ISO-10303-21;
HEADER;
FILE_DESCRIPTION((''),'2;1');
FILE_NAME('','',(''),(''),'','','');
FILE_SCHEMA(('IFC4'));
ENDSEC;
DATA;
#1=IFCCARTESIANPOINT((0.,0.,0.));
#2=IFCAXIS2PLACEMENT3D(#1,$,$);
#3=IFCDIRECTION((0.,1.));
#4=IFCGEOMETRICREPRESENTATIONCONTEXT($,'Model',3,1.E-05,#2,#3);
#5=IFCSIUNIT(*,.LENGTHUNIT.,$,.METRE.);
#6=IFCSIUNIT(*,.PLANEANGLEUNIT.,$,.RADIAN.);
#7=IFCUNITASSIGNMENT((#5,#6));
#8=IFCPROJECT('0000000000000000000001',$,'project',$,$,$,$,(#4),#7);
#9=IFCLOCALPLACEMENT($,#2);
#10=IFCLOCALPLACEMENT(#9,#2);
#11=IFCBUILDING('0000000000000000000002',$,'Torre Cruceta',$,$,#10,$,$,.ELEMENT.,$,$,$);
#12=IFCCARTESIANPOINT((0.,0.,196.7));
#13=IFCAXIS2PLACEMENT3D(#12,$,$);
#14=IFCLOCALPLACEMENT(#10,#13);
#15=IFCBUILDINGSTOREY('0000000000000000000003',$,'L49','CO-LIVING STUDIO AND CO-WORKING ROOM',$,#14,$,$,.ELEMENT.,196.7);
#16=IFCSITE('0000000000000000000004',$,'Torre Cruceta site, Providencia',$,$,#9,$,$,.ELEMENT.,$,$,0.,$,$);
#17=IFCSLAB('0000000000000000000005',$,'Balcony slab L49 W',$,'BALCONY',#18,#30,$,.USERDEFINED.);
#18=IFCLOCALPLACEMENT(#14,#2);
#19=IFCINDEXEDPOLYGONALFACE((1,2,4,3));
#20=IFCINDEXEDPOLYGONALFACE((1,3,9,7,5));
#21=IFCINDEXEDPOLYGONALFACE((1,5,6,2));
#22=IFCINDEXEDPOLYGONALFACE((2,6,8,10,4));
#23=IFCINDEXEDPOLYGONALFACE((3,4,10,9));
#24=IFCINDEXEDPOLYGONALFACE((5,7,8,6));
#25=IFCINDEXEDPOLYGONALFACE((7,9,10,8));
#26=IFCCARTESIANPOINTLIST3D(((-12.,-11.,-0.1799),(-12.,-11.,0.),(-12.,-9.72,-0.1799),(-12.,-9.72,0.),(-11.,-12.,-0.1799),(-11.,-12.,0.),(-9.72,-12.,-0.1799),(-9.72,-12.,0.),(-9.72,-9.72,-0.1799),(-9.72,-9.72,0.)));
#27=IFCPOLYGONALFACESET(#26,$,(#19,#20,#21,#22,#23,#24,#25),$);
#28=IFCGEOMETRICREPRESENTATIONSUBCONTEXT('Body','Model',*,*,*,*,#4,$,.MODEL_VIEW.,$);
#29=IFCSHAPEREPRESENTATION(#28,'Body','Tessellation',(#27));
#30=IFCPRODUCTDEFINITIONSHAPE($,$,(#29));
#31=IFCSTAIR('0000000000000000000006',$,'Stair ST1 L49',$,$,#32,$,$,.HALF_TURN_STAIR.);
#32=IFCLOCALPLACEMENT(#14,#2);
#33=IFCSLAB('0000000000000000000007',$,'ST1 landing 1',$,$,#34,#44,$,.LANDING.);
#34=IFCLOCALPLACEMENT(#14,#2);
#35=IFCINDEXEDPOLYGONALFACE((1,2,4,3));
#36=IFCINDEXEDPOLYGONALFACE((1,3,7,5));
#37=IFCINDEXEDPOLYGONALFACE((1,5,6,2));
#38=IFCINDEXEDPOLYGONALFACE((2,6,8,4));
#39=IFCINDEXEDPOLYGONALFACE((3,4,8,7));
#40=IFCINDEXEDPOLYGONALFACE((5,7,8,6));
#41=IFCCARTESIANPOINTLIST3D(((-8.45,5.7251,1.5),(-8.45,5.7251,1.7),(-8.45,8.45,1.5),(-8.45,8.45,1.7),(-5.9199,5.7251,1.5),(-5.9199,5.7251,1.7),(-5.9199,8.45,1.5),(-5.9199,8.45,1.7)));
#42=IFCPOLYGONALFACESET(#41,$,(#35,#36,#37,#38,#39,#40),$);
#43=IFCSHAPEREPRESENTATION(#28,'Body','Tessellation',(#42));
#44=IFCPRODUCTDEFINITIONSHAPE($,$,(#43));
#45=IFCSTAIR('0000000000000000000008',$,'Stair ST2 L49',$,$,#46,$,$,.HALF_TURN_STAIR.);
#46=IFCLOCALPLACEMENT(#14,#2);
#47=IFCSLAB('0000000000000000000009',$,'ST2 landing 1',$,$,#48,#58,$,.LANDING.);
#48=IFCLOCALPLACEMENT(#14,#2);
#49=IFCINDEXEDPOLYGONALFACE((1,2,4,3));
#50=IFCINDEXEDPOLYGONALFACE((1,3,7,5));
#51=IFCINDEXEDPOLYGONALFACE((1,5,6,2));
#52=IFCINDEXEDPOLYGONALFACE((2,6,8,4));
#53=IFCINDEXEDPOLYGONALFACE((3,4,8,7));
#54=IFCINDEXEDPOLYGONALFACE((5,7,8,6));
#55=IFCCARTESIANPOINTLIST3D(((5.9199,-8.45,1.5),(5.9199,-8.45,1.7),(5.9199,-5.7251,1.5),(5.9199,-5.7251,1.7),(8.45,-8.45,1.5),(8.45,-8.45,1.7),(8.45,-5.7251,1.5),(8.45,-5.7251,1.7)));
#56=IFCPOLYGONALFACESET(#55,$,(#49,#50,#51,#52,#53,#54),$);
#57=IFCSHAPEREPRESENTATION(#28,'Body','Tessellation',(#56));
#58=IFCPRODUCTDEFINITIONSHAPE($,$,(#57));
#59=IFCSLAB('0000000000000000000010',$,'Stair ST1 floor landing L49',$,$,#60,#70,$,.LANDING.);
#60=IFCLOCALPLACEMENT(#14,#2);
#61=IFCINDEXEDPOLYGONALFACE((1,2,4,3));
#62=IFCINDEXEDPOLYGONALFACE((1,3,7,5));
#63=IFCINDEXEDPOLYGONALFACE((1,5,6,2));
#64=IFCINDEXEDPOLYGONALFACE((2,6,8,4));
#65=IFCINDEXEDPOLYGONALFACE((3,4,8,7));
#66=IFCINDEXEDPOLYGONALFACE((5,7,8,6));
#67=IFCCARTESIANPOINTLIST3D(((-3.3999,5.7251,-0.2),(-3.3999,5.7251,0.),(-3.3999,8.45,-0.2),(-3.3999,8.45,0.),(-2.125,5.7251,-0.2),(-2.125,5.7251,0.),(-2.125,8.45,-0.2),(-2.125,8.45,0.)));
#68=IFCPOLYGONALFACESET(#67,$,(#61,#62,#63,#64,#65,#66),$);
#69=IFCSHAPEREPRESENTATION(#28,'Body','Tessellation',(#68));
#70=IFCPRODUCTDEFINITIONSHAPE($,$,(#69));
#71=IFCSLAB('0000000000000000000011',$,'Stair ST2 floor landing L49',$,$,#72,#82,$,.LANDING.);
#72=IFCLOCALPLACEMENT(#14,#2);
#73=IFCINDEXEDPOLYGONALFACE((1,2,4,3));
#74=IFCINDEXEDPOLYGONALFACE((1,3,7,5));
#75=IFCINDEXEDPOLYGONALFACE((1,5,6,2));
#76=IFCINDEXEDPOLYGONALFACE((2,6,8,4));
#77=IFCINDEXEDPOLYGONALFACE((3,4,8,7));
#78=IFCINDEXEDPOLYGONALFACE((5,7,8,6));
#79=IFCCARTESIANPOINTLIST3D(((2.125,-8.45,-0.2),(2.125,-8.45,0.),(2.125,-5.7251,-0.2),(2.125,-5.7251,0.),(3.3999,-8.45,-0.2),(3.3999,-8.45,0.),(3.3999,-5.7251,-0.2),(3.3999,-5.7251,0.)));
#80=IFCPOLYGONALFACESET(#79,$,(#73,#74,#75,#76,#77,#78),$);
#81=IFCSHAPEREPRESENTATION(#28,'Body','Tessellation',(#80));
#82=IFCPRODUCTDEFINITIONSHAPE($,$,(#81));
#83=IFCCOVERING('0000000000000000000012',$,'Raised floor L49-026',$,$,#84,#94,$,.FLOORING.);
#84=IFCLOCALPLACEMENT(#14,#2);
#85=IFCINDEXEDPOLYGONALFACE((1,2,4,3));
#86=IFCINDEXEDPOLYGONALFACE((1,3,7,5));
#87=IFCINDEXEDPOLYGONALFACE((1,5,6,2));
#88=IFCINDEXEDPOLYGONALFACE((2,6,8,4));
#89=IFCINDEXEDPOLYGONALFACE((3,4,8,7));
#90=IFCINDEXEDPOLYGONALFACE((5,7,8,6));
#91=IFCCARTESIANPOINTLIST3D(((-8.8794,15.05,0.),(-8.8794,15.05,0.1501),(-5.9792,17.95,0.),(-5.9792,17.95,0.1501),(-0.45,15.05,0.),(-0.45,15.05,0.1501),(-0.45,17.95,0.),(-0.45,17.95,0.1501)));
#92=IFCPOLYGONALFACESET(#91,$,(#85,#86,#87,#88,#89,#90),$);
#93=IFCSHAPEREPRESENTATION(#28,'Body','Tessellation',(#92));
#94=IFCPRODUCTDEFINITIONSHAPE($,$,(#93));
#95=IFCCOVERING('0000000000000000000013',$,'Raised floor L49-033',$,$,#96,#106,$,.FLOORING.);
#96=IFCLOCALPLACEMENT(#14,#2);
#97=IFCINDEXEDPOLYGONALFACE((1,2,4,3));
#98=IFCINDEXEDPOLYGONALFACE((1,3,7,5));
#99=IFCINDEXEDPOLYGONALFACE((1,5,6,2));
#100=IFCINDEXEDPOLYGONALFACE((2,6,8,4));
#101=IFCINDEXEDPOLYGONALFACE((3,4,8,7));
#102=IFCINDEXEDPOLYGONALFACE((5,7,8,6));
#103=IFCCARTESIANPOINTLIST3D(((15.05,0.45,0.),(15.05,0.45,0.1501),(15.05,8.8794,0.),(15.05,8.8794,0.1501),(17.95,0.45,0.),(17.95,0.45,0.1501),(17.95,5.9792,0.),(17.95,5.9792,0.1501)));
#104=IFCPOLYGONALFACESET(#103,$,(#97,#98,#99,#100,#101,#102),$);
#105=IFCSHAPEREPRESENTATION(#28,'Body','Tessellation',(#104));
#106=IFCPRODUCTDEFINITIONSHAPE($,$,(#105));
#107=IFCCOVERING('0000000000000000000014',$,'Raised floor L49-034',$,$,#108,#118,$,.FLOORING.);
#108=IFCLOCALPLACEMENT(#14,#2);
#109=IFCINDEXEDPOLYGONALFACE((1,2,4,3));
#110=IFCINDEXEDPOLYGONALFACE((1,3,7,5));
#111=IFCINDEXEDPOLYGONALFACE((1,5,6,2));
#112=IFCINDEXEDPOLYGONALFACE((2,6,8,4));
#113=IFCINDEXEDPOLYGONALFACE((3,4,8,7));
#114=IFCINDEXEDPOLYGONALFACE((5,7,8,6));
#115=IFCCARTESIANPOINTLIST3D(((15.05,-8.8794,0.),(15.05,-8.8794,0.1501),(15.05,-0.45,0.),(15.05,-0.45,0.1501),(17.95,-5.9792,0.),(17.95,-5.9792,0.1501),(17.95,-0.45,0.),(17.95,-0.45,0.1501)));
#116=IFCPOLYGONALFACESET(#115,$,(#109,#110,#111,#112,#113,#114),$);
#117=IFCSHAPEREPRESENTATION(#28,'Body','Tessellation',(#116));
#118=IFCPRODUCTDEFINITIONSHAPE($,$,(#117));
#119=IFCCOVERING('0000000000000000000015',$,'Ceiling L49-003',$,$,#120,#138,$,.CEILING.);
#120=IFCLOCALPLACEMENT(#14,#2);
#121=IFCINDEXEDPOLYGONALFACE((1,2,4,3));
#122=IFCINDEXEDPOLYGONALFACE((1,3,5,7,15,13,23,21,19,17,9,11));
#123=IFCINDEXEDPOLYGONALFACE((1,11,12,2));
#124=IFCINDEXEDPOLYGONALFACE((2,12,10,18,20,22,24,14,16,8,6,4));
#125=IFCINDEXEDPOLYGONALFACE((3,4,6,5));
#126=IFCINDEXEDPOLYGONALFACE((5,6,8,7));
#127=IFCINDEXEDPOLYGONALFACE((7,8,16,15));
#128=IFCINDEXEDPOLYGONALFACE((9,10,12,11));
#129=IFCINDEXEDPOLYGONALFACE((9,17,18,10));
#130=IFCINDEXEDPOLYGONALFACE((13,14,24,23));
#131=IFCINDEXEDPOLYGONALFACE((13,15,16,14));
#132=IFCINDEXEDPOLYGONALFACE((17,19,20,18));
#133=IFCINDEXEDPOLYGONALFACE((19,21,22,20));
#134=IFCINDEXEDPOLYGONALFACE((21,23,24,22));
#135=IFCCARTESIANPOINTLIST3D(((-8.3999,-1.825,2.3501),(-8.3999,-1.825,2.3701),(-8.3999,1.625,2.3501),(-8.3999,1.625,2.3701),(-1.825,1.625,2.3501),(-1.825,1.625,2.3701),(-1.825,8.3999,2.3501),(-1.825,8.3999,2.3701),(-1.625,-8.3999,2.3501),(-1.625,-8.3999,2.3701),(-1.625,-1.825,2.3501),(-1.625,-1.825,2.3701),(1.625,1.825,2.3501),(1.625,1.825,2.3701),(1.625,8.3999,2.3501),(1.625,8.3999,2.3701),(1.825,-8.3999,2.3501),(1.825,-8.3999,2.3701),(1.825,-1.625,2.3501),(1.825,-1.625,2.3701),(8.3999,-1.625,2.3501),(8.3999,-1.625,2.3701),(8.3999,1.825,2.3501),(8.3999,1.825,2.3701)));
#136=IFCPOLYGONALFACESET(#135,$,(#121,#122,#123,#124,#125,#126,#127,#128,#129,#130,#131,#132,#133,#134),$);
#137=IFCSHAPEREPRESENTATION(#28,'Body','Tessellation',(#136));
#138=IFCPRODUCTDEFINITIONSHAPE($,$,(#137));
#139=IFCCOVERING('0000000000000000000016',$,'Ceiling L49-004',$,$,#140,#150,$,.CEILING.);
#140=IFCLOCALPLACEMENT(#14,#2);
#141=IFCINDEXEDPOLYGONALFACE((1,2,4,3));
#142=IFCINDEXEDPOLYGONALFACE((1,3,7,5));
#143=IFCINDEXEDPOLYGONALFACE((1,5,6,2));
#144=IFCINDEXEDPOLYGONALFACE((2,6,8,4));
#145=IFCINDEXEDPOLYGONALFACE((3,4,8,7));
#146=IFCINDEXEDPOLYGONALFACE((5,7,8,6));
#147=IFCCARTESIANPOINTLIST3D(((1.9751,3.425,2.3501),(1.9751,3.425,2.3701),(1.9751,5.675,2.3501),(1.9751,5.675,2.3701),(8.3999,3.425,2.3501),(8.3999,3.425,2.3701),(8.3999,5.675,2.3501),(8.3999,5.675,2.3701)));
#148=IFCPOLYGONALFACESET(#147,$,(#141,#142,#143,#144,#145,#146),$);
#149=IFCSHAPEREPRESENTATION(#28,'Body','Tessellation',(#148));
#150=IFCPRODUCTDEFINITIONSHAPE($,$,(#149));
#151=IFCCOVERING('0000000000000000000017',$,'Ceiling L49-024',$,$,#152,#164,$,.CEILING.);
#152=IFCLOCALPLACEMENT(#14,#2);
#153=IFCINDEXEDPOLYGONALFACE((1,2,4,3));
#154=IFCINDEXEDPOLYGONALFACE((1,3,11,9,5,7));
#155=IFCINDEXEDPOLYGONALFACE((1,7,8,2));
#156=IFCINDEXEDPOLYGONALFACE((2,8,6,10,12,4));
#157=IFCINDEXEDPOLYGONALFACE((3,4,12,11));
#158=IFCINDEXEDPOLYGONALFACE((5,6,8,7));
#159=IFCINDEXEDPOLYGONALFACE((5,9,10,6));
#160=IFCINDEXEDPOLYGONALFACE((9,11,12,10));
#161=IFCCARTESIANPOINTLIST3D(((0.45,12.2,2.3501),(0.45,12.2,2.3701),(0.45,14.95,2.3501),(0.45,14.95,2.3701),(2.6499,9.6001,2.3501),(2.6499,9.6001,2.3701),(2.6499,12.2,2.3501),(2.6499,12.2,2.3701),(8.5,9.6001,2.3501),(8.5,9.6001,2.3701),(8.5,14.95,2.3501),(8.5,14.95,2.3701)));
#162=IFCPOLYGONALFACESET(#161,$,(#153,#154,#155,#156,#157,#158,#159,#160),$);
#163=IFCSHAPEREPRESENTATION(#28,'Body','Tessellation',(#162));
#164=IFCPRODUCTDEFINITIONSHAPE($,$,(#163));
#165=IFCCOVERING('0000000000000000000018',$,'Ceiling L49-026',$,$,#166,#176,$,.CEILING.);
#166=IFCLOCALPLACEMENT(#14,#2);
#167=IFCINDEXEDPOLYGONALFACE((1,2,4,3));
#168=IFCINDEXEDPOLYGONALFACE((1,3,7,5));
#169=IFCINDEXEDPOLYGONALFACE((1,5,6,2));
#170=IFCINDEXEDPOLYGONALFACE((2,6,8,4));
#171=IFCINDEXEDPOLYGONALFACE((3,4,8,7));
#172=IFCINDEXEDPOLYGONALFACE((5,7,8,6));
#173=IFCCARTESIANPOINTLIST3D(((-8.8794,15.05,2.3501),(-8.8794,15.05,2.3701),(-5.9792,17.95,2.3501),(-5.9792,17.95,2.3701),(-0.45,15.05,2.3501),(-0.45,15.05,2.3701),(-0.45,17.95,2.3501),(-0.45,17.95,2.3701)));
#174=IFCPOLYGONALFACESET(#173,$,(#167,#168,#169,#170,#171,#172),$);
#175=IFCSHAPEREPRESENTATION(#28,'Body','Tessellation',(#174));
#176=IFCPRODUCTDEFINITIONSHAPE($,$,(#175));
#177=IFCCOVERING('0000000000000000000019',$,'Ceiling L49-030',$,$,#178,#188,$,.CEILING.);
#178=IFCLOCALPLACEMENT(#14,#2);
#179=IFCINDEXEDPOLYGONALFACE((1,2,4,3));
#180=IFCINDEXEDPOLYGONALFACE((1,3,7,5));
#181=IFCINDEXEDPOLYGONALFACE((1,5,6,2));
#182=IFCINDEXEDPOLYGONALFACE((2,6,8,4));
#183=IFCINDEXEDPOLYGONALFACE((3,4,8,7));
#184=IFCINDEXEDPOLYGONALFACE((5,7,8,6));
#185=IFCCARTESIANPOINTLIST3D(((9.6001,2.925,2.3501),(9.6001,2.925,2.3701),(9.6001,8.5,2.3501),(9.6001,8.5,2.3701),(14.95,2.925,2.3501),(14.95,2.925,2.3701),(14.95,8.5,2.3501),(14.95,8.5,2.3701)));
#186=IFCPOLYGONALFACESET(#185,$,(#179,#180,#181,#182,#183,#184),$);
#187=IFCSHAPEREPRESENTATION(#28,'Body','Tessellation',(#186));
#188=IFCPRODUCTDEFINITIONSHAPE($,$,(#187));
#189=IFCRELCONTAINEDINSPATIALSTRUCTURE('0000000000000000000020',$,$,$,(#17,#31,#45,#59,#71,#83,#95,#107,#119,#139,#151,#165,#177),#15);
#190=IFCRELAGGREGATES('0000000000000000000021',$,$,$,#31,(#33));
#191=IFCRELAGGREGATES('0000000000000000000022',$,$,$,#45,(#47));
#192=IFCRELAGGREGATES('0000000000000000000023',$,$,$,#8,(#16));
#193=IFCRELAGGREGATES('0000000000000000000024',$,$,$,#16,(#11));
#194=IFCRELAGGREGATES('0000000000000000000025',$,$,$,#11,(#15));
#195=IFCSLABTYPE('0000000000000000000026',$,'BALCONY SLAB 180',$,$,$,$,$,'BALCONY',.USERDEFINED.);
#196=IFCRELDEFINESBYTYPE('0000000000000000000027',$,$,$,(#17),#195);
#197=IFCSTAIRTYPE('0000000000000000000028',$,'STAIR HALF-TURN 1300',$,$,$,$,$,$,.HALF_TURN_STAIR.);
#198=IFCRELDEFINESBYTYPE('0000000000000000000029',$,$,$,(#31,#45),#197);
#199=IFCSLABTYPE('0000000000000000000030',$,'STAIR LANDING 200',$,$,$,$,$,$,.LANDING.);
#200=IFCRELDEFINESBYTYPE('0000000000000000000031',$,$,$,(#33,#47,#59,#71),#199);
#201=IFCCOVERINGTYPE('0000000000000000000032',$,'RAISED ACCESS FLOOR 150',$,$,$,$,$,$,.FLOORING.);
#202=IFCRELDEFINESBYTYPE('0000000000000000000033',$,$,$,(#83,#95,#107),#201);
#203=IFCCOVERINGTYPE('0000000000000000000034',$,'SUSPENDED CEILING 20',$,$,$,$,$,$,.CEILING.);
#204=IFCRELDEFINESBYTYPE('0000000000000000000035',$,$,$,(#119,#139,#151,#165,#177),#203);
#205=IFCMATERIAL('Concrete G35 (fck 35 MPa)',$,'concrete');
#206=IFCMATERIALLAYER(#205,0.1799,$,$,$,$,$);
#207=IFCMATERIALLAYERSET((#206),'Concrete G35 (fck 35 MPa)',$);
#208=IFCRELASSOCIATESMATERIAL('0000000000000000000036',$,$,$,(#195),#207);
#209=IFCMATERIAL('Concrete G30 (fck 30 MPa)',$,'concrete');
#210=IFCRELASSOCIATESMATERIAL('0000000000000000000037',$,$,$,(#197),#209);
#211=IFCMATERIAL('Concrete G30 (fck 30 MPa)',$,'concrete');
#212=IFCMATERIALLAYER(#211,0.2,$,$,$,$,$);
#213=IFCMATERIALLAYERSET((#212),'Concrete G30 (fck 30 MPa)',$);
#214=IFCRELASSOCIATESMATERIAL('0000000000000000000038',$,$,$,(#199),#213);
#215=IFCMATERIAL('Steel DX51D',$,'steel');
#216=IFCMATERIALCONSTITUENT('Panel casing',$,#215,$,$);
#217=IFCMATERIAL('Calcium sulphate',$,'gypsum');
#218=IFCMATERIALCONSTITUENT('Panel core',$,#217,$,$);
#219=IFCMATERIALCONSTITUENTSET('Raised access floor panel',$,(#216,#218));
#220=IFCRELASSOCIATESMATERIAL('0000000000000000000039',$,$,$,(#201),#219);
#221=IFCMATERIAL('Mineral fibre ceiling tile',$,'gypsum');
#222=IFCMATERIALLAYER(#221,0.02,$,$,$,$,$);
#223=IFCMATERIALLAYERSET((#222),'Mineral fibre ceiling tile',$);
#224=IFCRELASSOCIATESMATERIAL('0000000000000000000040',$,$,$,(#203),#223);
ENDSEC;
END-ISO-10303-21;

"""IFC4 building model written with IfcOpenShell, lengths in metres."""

from ifc_helpers import new_model, si_unit, direction, frame, origin, place, context, subcontext, project, spatial, polyline, outline, extrude, material, layer, layer_set, constituent, constituent_set, type_object, element, aggregate, save


model = new_model("IFC4")

# Units and contexts
model_context = context("Model", 3, precision=1e-05, world=origin(), true_north=direction((0.0, 1.0)))
body_context = subcontext(model_context, "Body", "Model", "MODEL_VIEW")
ifc_project = project(units=[si_unit("LENGTHUNIT", "METRE"), si_unit("PLANEANGLEUNIT", "RADIAN")], contexts=[model_context])

# Site, building, storey
site_placement = place(None, origin())
site = spatial("IfcSite", under=ifc_project, at=site_placement, Name="Torre Cruceta site, Providencia", CompositionType="ELEMENT", RefElevation=0.0)
building_placement = place(site_placement, origin())
building = spatial("IfcBuilding", under=site, at=building_placement, Name="Torre Cruceta", CompositionType="ELEMENT")
storey_placement = place(building_placement, frame((0.0, 0.0, 196.7)))
storey = spatial("IfcBuildingStorey", under=building, at=storey_placement, Name="L49", Description="CO-LIVING STUDIO AND CO-WORKING ROOM", CompositionType="ELEMENT", Elevation=196.7)

# Slab
ifc_material_1 = material(Name="Concrete G35 (fck 35 MPa)", Category="concrete")
ifc_layer_1 = layer(ifc_material_1, 0.1799)
ifc_layer_set_1 = layer_set([ifc_layer_1], Name="Concrete G35 (fck 35 MPa)")
slab_type_1 = type_object("IfcSlabType", Name="BALCONY SLAB 180", ElementType="BALCONY", PredefinedType="USERDEFINED", material=ifc_layer_set_1)
slab_1_placement = place(storey_placement, frame((0.0, 0.0, -0.1799)))
element("IfcSlab", 1, at=slab_1_placement, inside=storey, type_object=slab_type_1, Name="Balcony slab L49 W", ObjectType="BALCONY", PredefinedType="USERDEFINED", context=body_context, shape_type="SweptSolid", body=[
    extrude(outline(polyline([(-11.0, -12.0), (-12.0, -11.0), (-12.0, -9.72), (-9.72, -9.72), (-9.72, -12.0), (-11.0, -12.0)])), origin(), (0.0, 0.0, 1.0), 0.1799),
])

# Stairs, slabs
ifc_material_2 = material(Name="Concrete G30 (fck 30 MPa)", Category="concrete")
stair_type = type_object("IfcStairType", Name="STAIR HALF-TURN 1300", PredefinedType="HALF_TURN_STAIR", material=ifc_material_2)
stair_1_placement = place(storey_placement, origin())
stair_1 = element("IfcStair", 2, at=stair_1_placement, inside=storey, type_object=stair_type, Name="Stair ST1 L49", PredefinedType="HALF_TURN_STAIR")
ifc_material_3 = material(Name="Concrete G30 (fck 30 MPa)", Category="concrete")
ifc_layer_2 = layer(ifc_material_3, 0.2)
ifc_layer_set_2 = layer_set([ifc_layer_2], Name="Concrete G30 (fck 30 MPa)")
slab_type_2 = type_object("IfcSlabType", Name="STAIR LANDING 200", PredefinedType="LANDING", material=ifc_layer_set_2)
slab_2_placement = place(storey_placement, frame((0.0, 0.0, 1.5)))
slab_2 = element("IfcSlab", 3, at=slab_2_placement, type_object=slab_type_2, Name="ST1 landing 1", PredefinedType="LANDING", context=body_context, shape_type="SweptSolid", body=[
    extrude(outline(polyline([(-8.45, 5.7251), (-5.9199, 5.7251), (-5.9199, 8.45), (-8.45, 8.45), (-8.45, 5.7251)])), origin(), (0.0, 0.0, 1.0), 0.2),
])
aggregate(stair_1, [slab_2])
stair_2_placement = place(storey_placement, origin())
stair_2 = element("IfcStair", 4, at=stair_2_placement, inside=storey, type_object=stair_type, Name="Stair ST2 L49", PredefinedType="HALF_TURN_STAIR")
slab_3_placement = place(storey_placement, frame((0.0, 0.0, 1.5)))
slab_3 = element("IfcSlab", 5, at=slab_3_placement, type_object=slab_type_2, Name="ST2 landing 1", PredefinedType="LANDING", context=body_context, shape_type="SweptSolid", body=[
    extrude(outline(polyline([(5.9199, -8.45), (8.45, -8.45), (8.45, -5.7251), (5.9199, -5.7251), (5.9199, -8.45)])), origin(), (0.0, 0.0, 1.0), 0.2),
])
aggregate(stair_2, [slab_3])

# Slabs
slab_4_placement = place(storey_placement, frame((0.0, 0.0, -0.2)))
element("IfcSlab", 6, at=slab_4_placement, inside=storey, type_object=slab_type_2, Name="Stair ST1 floor landing L49", PredefinedType="LANDING", context=body_context, shape_type="SweptSolid", body=[
    extrude(outline(polyline([(-2.125, 8.45), (-2.125, 5.7251), (-3.3999, 5.7251), (-3.3999, 8.45), (-2.125, 8.45)])), origin(), (0.0, 0.0, 1.0), 0.2),
])
slab_5_placement = place(storey_placement, frame((0.0, 0.0, -0.2)))
element("IfcSlab", 7, at=slab_5_placement, inside=storey, type_object=slab_type_2, Name="Stair ST2 floor landing L49", PredefinedType="LANDING", context=body_context, shape_type="SweptSolid", body=[
    extrude(outline(polyline([(2.125, -8.45), (2.125, -5.7251), (3.3999, -5.7251), (3.3999, -8.45), (2.125, -8.45)])), origin(), (0.0, 0.0, 1.0), 0.2),
])

# Coverings
ifc_material_4 = material(Name="Steel DX51D", Category="steel")
ifc_constituent_1 = constituent(ifc_material_4, Name="Panel casing")
ifc_material_5 = material(Name="Calcium sulphate", Category="gypsum")
ifc_constituent_2 = constituent(ifc_material_5, Name="Panel core")
ifc_constituent_set = constituent_set(constituents=[ifc_constituent_1, ifc_constituent_2], Name="Raised access floor panel")
covering_type_1 = type_object("IfcCoveringType", Name="RAISED ACCESS FLOOR 150", PredefinedType="FLOORING", material=ifc_constituent_set)
covering_1_placement = place(storey_placement, origin())
element("IfcCovering", 8, at=covering_1_placement, inside=storey, type_object=covering_type_1, Name="Raised floor L49-026", PredefinedType="FLOORING", context=body_context, shape_type="SweptSolid", body=[
    extrude(outline(polyline([(-5.9792, 17.95), (-0.45, 17.95), (-0.45, 15.05), (-8.8794, 15.05), (-5.9792, 17.95)])), origin(), (0.0, 0.0, 1.0), 0.1501),
])
covering_2_placement = place(storey_placement, origin())
element("IfcCovering", 9, at=covering_2_placement, inside=storey, type_object=covering_type_1, Name="Raised floor L49-033", PredefinedType="FLOORING", context=body_context, shape_type="SweptSolid", body=[
    extrude(outline(polyline([(17.95, 5.9792), (17.95, 0.45), (15.05, 0.45), (15.05, 8.8794), (17.95, 5.9792)])), origin(), (0.0, 0.0, 1.0), 0.1501),
])
covering_3_placement = place(storey_placement, origin())
element("IfcCovering", 10, at=covering_3_placement, inside=storey, type_object=covering_type_1, Name="Raised floor L49-034", PredefinedType="FLOORING", context=body_context, shape_type="SweptSolid", body=[
    extrude(outline(polyline([(15.05, -8.8794), (15.05, -0.45), (17.95, -0.45), (17.95, -5.9792), (15.05, -8.8794)])), origin(), (0.0, 0.0, 1.0), 0.1501),
])
ifc_material_6 = material(Name="Mineral fibre ceiling tile", Category="gypsum")
ifc_layer_3 = layer(ifc_material_6, 0.02)
ifc_layer_set_3 = layer_set([ifc_layer_3], Name="Mineral fibre ceiling tile")
covering_type_2 = type_object("IfcCoveringType", Name="SUSPENDED CEILING 20", PredefinedType="CEILING", material=ifc_layer_set_3)
covering_4_placement = place(storey_placement, frame((0.0, 0.0, 2.3501)))
element("IfcCovering", 11, at=covering_4_placement, inside=storey, type_object=covering_type_2, Name="Ceiling L49-003", PredefinedType="CEILING", context=body_context, shape_type="SweptSolid", body=[
    extrude(outline(polyline([(-1.625, -8.3999), (-1.625, -1.825), (-8.3999, -1.825), (-8.3999, 1.625), (-1.825, 1.625), (-1.825, 8.3999), (1.625, 8.3999), (1.625, 1.825), (8.3999, 1.825), (8.3999, -1.625), (1.825, -1.625), (1.825, -8.3999), (-1.625, -8.3999)])), origin(), (0.0, 0.0, 1.0), 0.02),
])
covering_5_placement = place(storey_placement, frame((0.0, 0.0, 2.3501)))
element("IfcCovering", 12, at=covering_5_placement, inside=storey, type_object=covering_type_2, Name="Ceiling L49-004", PredefinedType="CEILING", context=body_context, shape_type="SweptSolid", body=[
    extrude(outline(polyline([(1.9751, 3.425), (1.9751, 5.675), (8.3999, 5.675), (8.3999, 3.425), (1.9751, 3.425)])), origin(), (0.0, 0.0, 1.0), 0.02),
])
covering_6_placement = place(storey_placement, frame((0.0, 0.0, 2.3501)))
element("IfcCovering", 13, at=covering_6_placement, inside=storey, type_object=covering_type_2, Name="Ceiling L49-024", PredefinedType="CEILING", context=body_context, shape_type="SweptSolid", body=[
    extrude(outline(polyline([(0.45, 14.95), (8.5, 14.95), (8.5, 9.6001), (2.6499, 9.6001), (2.6499, 12.2), (0.45, 12.2), (0.45, 14.95)])), origin(), (0.0, 0.0, 1.0), 0.02),
])
covering_7_placement = place(storey_placement, frame((0.0, 0.0, 2.3501)))
element("IfcCovering", 14, at=covering_7_placement, inside=storey, type_object=covering_type_2, Name="Ceiling L49-026", PredefinedType="CEILING", context=body_context, shape_type="SweptSolid", body=[
    extrude(outline(polyline([(-5.9792, 17.95), (-0.45, 17.95), (-0.45, 15.05), (-8.8794, 15.05), (-5.9792, 17.95)])), origin(), (0.0, 0.0, 1.0), 0.02),
])
covering_8_placement = place(storey_placement, frame((0.0, 0.0, 2.3501)))
element("IfcCovering", 15, at=covering_8_placement, inside=storey, type_object=covering_type_2, Name="Ceiling L49-030", PredefinedType="CEILING", context=body_context, shape_type="SweptSolid", body=[
    extrude(outline(polyline([(9.6001, 2.925), (9.6001, 8.5), (14.95, 8.5), (14.95, 2.925), (9.6001, 2.925)])), origin(), (0.0, 0.0, 1.0), 0.02),
])

save(model, "model.ifc")
